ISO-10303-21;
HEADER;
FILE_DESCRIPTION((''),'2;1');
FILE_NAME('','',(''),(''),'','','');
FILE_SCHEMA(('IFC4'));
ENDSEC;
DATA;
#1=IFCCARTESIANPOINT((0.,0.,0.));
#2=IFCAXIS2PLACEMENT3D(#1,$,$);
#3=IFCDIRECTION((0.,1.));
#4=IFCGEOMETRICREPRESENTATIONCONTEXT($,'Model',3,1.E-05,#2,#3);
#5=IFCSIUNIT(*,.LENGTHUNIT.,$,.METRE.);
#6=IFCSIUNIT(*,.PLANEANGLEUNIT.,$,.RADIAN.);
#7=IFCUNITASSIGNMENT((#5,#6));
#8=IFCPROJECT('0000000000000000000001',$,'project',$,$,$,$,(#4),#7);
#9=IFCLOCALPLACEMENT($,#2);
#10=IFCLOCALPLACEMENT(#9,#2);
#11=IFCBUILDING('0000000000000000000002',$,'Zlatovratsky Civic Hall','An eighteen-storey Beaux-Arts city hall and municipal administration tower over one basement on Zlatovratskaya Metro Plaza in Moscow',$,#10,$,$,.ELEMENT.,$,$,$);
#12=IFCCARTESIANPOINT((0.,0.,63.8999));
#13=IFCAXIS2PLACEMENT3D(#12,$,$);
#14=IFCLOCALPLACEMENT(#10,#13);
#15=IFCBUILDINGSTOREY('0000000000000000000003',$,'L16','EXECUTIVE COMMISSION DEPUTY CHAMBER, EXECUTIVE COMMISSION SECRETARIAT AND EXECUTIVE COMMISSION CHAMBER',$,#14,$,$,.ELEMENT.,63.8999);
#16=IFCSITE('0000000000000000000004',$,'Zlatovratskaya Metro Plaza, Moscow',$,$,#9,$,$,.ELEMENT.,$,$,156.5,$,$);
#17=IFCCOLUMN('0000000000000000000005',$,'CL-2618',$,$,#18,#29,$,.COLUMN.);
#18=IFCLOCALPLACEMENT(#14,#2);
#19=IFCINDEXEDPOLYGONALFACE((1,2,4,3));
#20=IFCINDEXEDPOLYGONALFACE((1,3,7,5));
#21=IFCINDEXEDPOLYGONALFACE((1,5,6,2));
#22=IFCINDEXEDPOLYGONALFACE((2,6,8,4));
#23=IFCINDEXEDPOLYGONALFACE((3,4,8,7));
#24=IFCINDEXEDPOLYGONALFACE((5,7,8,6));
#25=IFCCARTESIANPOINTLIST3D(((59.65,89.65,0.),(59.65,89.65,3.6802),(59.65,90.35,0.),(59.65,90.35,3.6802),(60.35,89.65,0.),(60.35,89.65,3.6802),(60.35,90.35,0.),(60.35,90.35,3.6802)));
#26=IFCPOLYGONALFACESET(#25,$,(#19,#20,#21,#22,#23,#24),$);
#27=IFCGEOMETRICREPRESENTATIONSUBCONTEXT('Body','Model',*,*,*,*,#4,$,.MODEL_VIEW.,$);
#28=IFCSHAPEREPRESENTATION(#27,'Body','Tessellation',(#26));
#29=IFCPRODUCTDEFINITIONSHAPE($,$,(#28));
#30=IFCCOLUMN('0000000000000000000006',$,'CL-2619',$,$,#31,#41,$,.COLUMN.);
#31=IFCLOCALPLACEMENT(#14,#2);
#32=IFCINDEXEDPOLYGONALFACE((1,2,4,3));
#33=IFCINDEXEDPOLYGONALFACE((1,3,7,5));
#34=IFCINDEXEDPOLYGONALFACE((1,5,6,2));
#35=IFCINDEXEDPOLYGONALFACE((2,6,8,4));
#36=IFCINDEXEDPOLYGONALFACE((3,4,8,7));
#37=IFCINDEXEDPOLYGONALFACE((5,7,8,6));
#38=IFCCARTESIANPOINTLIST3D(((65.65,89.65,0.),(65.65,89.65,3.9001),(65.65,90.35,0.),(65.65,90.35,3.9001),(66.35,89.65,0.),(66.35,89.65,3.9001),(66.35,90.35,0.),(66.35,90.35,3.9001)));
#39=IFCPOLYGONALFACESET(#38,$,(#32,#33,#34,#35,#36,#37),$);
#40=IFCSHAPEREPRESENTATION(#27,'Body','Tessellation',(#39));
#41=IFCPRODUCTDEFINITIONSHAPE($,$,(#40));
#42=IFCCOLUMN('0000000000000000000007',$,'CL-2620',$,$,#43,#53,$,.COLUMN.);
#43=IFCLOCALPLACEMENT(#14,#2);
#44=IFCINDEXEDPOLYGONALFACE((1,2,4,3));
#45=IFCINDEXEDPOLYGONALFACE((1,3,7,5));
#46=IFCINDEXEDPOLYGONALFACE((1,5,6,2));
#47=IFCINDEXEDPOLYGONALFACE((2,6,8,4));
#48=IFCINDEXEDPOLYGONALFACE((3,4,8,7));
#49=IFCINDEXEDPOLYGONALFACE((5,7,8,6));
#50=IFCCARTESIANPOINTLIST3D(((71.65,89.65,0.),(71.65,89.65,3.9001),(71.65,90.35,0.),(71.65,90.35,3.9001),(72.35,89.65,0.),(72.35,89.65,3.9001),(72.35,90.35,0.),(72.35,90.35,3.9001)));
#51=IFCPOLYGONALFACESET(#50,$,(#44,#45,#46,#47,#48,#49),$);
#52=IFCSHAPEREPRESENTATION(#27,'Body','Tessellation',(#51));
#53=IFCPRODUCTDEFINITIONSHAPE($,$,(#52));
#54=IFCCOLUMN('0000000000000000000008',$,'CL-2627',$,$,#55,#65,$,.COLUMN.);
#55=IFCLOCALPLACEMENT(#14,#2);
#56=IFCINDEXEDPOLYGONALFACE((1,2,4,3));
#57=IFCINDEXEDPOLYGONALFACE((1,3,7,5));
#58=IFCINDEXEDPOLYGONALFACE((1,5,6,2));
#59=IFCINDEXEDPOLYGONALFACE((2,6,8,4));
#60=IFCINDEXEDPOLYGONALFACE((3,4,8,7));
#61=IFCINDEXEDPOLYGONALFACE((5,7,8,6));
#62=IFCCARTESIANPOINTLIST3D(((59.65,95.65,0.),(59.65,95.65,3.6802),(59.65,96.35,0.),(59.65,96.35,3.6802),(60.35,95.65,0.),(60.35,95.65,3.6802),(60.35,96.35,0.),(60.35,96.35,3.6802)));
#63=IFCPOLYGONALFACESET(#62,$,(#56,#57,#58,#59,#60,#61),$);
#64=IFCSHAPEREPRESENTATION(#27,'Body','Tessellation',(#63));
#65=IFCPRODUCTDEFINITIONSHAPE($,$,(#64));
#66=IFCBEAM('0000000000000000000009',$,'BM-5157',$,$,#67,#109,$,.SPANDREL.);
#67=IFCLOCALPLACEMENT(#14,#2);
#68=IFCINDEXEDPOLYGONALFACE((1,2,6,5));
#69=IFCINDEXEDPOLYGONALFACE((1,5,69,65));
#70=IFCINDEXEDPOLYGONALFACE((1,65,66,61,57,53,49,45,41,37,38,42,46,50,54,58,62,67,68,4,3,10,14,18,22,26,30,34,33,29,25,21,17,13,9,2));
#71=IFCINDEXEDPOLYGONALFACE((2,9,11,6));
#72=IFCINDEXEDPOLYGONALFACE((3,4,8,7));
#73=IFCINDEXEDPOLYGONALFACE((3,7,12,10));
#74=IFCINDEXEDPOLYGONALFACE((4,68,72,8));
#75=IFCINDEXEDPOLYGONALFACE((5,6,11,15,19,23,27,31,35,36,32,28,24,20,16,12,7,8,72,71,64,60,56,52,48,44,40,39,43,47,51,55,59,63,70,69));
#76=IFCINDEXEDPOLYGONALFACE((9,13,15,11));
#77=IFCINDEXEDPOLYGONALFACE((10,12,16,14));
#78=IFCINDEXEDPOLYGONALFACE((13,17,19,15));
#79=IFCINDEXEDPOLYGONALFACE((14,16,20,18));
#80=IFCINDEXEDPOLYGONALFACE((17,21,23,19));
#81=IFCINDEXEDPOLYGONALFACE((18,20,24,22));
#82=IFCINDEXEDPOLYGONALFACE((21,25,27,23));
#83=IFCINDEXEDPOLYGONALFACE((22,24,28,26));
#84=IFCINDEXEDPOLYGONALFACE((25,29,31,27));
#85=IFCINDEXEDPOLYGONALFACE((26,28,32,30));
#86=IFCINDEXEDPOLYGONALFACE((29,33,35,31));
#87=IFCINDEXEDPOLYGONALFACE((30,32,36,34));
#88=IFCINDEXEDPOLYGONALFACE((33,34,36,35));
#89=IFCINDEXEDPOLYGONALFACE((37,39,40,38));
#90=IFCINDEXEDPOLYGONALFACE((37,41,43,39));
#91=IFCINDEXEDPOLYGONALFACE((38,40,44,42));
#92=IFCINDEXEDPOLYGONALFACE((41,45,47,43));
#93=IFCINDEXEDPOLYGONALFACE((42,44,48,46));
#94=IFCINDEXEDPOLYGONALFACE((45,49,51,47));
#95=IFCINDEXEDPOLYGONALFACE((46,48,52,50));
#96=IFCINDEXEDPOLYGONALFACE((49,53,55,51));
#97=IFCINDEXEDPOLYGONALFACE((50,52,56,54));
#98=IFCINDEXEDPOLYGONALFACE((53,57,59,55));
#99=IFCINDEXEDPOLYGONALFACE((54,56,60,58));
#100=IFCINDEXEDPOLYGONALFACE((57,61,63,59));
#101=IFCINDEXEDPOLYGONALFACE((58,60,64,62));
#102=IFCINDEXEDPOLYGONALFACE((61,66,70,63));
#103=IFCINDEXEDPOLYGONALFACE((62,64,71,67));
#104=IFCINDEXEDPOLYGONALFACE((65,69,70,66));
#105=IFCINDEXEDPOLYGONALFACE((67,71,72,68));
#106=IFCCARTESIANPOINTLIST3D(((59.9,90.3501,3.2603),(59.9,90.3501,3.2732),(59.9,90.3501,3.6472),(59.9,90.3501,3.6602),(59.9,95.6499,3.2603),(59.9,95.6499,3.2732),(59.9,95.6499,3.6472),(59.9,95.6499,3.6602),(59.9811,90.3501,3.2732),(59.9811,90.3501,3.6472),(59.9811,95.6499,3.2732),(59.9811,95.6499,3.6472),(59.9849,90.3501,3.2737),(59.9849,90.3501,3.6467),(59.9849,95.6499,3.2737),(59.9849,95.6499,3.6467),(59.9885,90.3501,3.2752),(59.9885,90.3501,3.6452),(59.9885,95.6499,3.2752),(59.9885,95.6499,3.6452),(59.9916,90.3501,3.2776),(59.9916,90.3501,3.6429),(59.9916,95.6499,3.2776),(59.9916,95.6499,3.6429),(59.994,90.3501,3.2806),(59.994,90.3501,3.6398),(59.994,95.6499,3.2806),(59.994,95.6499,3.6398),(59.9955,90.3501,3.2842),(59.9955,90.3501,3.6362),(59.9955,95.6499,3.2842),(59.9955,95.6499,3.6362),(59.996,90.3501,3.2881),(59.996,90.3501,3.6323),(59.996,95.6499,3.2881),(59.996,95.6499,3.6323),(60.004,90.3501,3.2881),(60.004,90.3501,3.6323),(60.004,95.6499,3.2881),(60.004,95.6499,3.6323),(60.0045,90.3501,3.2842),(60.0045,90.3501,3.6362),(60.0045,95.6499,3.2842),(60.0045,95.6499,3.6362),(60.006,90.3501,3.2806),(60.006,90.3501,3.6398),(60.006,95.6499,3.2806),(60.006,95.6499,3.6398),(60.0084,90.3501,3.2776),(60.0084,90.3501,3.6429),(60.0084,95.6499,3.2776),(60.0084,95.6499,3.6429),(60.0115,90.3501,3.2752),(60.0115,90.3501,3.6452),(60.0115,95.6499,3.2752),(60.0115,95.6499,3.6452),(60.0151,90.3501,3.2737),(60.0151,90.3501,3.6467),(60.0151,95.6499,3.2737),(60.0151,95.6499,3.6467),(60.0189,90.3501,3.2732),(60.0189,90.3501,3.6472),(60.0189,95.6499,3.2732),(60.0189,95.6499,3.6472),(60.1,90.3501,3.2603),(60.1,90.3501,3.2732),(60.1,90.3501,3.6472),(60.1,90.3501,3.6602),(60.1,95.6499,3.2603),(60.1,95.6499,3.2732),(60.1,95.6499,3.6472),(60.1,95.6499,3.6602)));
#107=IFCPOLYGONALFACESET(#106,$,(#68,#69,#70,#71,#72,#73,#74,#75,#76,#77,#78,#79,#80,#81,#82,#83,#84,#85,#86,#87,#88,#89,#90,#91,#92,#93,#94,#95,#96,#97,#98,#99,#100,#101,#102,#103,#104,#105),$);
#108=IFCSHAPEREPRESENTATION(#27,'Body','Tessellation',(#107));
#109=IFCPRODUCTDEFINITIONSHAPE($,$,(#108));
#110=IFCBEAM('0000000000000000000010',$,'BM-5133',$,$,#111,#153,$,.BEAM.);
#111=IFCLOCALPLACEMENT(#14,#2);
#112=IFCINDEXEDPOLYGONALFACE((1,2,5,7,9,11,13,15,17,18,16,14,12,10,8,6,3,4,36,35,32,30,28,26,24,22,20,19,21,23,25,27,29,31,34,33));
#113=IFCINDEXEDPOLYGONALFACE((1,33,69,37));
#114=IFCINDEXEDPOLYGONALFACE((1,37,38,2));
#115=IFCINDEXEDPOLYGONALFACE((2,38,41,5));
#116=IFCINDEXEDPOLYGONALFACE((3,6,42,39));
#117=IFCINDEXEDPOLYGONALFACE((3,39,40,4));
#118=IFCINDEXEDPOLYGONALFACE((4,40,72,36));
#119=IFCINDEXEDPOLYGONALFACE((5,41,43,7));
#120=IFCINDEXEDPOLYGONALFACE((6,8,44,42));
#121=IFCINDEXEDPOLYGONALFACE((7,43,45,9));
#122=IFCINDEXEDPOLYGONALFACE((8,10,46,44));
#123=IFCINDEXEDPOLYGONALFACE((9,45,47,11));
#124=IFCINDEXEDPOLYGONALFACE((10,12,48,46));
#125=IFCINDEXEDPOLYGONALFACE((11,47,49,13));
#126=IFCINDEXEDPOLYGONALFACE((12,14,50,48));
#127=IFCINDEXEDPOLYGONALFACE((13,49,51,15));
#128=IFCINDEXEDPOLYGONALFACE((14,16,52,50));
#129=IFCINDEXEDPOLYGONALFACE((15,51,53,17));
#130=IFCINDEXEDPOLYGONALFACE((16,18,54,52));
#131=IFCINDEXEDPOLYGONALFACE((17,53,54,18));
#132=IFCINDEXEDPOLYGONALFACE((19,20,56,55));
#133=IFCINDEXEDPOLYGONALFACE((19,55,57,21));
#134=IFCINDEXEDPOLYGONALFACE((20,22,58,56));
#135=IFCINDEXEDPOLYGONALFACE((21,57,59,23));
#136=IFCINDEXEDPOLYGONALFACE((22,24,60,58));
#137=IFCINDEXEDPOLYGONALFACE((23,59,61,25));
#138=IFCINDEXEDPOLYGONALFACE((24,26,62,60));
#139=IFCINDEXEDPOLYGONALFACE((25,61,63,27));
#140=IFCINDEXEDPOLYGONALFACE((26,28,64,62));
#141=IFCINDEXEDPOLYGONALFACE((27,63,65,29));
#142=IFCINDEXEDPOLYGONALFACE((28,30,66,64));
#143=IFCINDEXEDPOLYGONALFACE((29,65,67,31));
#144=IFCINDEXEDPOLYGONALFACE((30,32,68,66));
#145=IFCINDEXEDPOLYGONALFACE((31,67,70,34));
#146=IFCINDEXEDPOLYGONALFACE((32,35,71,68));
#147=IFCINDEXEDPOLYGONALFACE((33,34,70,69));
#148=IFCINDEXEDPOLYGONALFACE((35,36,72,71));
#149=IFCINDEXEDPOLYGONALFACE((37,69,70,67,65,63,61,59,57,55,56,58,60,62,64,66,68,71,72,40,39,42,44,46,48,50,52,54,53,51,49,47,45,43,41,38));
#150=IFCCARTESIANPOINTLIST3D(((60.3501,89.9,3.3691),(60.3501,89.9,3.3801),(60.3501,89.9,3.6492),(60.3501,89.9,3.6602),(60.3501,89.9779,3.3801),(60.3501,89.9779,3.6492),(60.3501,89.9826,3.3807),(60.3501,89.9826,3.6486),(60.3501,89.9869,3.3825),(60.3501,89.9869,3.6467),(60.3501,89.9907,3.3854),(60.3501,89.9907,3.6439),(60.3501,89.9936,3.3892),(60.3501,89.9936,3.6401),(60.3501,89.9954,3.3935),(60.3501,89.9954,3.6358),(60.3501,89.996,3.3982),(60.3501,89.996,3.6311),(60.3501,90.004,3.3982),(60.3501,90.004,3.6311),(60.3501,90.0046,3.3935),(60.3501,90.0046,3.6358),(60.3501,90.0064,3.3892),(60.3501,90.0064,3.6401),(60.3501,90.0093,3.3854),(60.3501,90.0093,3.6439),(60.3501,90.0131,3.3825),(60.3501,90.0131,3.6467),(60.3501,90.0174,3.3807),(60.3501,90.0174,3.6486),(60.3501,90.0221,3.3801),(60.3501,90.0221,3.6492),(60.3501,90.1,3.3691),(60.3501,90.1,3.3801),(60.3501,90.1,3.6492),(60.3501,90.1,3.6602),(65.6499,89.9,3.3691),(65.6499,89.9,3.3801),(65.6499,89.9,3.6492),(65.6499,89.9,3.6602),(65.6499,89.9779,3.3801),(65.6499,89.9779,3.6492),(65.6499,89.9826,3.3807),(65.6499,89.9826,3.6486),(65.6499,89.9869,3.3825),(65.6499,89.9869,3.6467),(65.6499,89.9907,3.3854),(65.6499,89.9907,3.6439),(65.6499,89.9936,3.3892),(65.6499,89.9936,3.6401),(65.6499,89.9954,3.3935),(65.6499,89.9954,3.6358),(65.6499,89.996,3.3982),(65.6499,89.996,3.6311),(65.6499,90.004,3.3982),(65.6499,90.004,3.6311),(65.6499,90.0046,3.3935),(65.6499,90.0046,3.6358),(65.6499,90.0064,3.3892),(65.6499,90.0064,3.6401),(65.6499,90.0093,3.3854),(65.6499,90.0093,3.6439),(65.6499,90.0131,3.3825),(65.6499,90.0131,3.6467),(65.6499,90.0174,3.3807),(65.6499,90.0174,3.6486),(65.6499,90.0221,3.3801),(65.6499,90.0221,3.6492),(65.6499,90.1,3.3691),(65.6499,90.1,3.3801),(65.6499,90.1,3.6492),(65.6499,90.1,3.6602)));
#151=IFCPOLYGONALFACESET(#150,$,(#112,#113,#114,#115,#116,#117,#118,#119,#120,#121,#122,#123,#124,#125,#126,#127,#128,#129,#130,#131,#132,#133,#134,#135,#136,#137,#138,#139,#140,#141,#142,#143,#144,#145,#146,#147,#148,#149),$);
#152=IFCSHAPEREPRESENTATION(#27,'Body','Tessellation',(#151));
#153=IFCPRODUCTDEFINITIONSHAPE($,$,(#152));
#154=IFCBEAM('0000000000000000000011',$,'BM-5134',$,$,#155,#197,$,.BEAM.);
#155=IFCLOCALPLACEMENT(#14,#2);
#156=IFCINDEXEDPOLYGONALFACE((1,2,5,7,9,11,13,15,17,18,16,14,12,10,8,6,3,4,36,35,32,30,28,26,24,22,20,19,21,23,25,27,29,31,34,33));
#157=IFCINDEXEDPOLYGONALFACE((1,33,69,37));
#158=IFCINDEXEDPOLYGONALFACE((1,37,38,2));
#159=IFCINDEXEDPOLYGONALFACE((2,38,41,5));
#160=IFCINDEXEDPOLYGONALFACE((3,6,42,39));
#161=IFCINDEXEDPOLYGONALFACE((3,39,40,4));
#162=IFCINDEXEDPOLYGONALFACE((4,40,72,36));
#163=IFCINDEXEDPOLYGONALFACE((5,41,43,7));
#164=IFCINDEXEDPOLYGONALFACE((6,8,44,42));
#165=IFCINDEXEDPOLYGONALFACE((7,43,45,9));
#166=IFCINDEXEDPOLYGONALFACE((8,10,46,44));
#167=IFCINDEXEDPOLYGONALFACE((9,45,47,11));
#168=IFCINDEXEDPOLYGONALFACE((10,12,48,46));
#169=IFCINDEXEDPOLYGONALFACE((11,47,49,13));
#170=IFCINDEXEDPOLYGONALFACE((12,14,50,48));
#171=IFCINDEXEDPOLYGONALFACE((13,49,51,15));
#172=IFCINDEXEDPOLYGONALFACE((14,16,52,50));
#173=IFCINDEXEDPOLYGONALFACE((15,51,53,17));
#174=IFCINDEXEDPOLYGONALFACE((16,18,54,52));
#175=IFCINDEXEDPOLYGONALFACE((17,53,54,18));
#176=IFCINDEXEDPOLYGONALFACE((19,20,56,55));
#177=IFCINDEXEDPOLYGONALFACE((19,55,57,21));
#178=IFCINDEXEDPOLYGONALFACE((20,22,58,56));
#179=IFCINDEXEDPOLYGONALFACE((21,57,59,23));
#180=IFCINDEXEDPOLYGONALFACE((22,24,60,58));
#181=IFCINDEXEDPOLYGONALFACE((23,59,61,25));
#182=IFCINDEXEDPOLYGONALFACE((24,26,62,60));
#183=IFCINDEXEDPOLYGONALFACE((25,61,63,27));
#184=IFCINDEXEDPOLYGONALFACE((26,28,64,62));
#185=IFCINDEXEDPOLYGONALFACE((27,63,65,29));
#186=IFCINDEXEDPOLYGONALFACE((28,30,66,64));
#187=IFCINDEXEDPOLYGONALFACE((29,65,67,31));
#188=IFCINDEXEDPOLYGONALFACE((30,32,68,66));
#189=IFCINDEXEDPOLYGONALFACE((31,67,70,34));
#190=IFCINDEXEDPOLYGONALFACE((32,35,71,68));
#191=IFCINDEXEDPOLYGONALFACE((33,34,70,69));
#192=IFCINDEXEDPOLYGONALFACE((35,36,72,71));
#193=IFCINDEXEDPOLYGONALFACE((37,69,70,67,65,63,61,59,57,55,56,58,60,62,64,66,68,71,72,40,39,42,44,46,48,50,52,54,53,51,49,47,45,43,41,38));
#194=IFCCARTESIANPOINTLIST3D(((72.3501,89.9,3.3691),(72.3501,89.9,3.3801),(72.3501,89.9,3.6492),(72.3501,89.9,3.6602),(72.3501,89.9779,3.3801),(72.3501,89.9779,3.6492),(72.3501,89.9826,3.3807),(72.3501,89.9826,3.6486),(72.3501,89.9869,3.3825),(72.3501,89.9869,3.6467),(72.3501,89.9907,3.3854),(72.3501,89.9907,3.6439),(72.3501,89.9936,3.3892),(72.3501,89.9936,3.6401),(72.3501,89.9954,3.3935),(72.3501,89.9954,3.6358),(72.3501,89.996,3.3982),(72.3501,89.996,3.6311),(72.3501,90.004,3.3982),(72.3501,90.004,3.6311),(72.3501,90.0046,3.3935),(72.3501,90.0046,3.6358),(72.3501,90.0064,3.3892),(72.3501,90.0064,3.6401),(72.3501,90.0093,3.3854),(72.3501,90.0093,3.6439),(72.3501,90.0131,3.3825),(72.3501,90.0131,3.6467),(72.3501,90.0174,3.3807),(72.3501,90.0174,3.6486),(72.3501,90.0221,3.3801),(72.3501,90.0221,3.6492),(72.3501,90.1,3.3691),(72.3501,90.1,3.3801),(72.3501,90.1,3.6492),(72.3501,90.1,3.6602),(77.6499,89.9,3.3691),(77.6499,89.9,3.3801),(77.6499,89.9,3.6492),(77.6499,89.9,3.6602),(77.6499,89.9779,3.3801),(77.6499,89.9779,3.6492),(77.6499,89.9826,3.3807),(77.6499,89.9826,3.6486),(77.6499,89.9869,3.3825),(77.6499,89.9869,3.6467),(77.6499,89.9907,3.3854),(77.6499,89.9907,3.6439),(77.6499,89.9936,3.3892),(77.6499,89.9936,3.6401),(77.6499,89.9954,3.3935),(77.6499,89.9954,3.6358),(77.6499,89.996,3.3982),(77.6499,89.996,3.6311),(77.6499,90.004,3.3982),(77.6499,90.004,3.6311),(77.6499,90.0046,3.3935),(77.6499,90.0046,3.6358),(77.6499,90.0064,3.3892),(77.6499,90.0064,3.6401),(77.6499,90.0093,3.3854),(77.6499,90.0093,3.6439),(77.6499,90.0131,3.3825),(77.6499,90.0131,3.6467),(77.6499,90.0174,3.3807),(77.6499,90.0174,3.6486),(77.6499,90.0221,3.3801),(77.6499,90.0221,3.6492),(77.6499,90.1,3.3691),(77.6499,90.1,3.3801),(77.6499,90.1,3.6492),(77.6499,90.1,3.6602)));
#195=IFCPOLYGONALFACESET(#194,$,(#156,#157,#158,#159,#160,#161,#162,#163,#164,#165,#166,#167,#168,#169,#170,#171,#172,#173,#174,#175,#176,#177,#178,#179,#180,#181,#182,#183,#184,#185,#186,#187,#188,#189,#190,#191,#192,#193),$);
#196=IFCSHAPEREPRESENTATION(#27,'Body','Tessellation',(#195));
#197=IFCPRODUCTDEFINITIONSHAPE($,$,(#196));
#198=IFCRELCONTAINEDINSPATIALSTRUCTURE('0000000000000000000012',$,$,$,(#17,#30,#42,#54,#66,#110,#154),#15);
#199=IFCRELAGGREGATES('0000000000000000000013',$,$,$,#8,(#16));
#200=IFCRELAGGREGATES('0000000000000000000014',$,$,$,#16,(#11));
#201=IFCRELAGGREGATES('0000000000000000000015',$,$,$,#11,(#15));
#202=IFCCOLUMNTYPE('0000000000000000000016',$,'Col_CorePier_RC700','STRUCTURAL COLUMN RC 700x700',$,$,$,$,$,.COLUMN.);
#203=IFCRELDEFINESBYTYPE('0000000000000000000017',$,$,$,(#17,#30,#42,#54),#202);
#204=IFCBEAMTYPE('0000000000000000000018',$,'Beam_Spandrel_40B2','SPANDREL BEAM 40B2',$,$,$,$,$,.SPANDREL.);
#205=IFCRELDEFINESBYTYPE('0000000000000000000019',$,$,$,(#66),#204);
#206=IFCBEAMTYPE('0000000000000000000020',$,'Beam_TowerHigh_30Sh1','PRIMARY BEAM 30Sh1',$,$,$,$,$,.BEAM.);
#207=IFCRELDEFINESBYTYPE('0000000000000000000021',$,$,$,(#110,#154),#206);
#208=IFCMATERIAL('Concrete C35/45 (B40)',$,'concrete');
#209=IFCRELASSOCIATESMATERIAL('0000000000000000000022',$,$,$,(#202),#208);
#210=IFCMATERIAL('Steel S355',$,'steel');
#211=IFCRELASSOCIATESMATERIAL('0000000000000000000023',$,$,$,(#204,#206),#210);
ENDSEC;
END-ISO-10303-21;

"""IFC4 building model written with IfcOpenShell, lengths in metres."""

from ifc_helpers import new_model, si_unit, direction, frame, origin, origin_2d, place, context, subcontext, project, spatial, rectangle, i_section, extrude, material, material_profile, profile_set, type_object, element, save


model = new_model("IFC4")

# Units and contexts
model_context = context("Model", 3, precision=1e-05, world=origin(), true_north=direction((0.0, 1.0)))
body_context = subcontext(model_context, "Body", "Model", "MODEL_VIEW")
ifc_project = project(units=[si_unit("LENGTHUNIT", "METRE"), si_unit("PLANEANGLEUNIT", "RADIAN")], contexts=[model_context])

# Site, building, storey
site_placement = place(None, origin())
site = spatial("IfcSite", under=ifc_project, at=site_placement, Name="Zlatovratskaya Metro Plaza, Moscow", CompositionType="ELEMENT", RefElevation=156.5)
building_placement = place(site_placement, origin())
building = spatial("IfcBuilding", under=site, at=building_placement, Name="Zlatovratsky Civic Hall", Description="An eighteen-storey Beaux-Arts city hall and municipal administration tower over one basement on Zlatovratskaya Metro Plaza in Moscow", CompositionType="ELEMENT")
storey_placement = place(building_placement, frame((0.0, 0.0, 63.8999)))
storey = spatial("IfcBuildingStorey", under=building, at=storey_placement, Name="L16", Description="EXECUTIVE COMMISSION DEPUTY CHAMBER, EXECUTIVE COMMISSION SECRETARIAT AND EXECUTIVE COMMISSION CHAMBER", CompositionType="ELEMENT", Elevation=63.8999)

# Columns
ifc_material_1 = material(Name="Concrete C35/45 (B40)", Category="concrete")
ifc_material_profile_1 = material_profile(ifc_material_1, rectangle(XDim=0.7, YDim=0.7, at=origin_2d()), Name="RC 700x700")
ifc_profile_set_1 = profile_set([ifc_material_profile_1], Name="Concrete C35/45 (B40)")
column_type = type_object("IfcColumnType", Name="Col_CorePier_RC700", Description="STRUCTURAL COLUMN RC 700x700", PredefinedType="COLUMN", material=ifc_profile_set_1)
column_1_placement = place(storey_placement, frame((60.0, 90.0, 0.0), z_axis=(0.0, 0.0, 1.0), x_axis=(1.0, 0.0, 0.0)))
element("IfcColumn", 1, at=column_1_placement, inside=storey, type_object=column_type, Name="CL-2618", PredefinedType="COLUMN", context=body_context, shape_type="SweptSolid", body=[
    extrude(rectangle(XDim=0.7, YDim=0.7, at=origin_2d()), origin(), (0.0, 0.0, 1.0), 3.6802),
])
for number, where, z_axis, x_axis, name in (
    (2, (66.0, 90.0, 0.0), (0.0, 0.0, 1.0), (1.0, 0.0, 0.0), "CL-2619"),
    (3, (72.0, 90.0, 0.0), (0.0, 0.0, 1.0), (1.0, 0.0, 0.0), "CL-2620"),
):
    element("IfcColumn", number, at=place(storey_placement, frame(where, z_axis=z_axis, x_axis=x_axis)), inside=storey, type_object=column_type, Name=name, PredefinedType="COLUMN", context=body_context, shape_type="SweptSolid", body=[
        extrude(rectangle(XDim=0.7, YDim=0.7, at=origin_2d()), origin(), (0.0, 0.0, 1.0), 3.9001),
    ])
column_2_placement = place(storey_placement, frame((60.0, 96.0, 0.0), z_axis=(0.0, 0.0, 1.0), x_axis=(1.0, 0.0, 0.0)))
element("IfcColumn", 4, at=column_2_placement, inside=storey, type_object=column_type, Name="CL-2627", PredefinedType="COLUMN", context=body_context, shape_type="SweptSolid", body=[
    extrude(rectangle(XDim=0.7, YDim=0.7, at=origin_2d()), origin(), (0.0, 0.0, 1.0), 3.6802),
])

# Beams
ifc_material_2 = material(Name="Steel S355", Category="steel")
ifc_material_profile_2 = material_profile(ifc_material_2, i_section(OverallWidth=0.2, OverallDepth=0.3999, WebThickness=0.0081, FlangeThickness=0.0129, FilletRadius=0.0149, at=origin_2d()), Name="40B2")
ifc_profile_set_2 = profile_set([ifc_material_profile_2], Name="Steel S355")
beam_type_1 = type_object("IfcBeamType", Name="Beam_Spandrel_40B2", Description="SPANDREL BEAM 40B2", PredefinedType="SPANDREL", material=ifc_profile_set_2)
beam_placement = place(storey_placement, frame((60.0, 90.3501, 3.4602), z_axis=(0.0, 1.0, 0.0), x_axis=(-1.0, 0.0, 0.0)))
element("IfcBeam", 5, at=beam_placement, inside=storey, type_object=beam_type_1, Name="BM-5157", PredefinedType="SPANDREL", context=body_context, shape_type="SweptSolid", body=[
    extrude(i_section(OverallWidth=0.2, OverallDepth=0.3999, WebThickness=0.0081, FlangeThickness=0.0129, FilletRadius=0.0149, at=origin_2d()), origin(), (0.0, 0.0, 1.0), 5.2998),
])
ifc_material_profile_3 = material_profile(ifc_material_2, i_section(OverallWidth=0.2, OverallDepth=0.291, WebThickness=0.0081, FlangeThickness=0.011, FilletRadius=0.0181, at=origin_2d()), Name="30Sh1")
ifc_profile_set_3 = profile_set([ifc_material_profile_3], Name="Steel S355")
beam_type_2 = type_object("IfcBeamType", Name="Beam_TowerHigh_30Sh1", Description="PRIMARY BEAM 30Sh1", PredefinedType="BEAM", material=ifc_profile_set_3)
for number, where, z_axis, x_axis, name in (
    (6, (60.3501, 90.0, 3.5146), (1.0, 0.0, 0.0), (0.0, 1.0, 0.0), "BM-5133"),
    (7, (72.3501, 90.0, 3.5146), (1.0, 0.0, 0.0), (0.0, 1.0, 0.0), "BM-5134"),
):
    element("IfcBeam", number, at=place(storey_placement, frame(where, z_axis=z_axis, x_axis=x_axis)), inside=storey, type_object=beam_type_2, Name=name, PredefinedType="BEAM", context=body_context, shape_type="SweptSolid", body=[
        extrude(i_section(OverallWidth=0.2, OverallDepth=0.291, WebThickness=0.0081, FlangeThickness=0.011, FilletRadius=0.0181, at=origin_2d()), origin(), (0.0, 0.0, 1.0), 5.2998),
    ])

save(model, "model.ifc")
